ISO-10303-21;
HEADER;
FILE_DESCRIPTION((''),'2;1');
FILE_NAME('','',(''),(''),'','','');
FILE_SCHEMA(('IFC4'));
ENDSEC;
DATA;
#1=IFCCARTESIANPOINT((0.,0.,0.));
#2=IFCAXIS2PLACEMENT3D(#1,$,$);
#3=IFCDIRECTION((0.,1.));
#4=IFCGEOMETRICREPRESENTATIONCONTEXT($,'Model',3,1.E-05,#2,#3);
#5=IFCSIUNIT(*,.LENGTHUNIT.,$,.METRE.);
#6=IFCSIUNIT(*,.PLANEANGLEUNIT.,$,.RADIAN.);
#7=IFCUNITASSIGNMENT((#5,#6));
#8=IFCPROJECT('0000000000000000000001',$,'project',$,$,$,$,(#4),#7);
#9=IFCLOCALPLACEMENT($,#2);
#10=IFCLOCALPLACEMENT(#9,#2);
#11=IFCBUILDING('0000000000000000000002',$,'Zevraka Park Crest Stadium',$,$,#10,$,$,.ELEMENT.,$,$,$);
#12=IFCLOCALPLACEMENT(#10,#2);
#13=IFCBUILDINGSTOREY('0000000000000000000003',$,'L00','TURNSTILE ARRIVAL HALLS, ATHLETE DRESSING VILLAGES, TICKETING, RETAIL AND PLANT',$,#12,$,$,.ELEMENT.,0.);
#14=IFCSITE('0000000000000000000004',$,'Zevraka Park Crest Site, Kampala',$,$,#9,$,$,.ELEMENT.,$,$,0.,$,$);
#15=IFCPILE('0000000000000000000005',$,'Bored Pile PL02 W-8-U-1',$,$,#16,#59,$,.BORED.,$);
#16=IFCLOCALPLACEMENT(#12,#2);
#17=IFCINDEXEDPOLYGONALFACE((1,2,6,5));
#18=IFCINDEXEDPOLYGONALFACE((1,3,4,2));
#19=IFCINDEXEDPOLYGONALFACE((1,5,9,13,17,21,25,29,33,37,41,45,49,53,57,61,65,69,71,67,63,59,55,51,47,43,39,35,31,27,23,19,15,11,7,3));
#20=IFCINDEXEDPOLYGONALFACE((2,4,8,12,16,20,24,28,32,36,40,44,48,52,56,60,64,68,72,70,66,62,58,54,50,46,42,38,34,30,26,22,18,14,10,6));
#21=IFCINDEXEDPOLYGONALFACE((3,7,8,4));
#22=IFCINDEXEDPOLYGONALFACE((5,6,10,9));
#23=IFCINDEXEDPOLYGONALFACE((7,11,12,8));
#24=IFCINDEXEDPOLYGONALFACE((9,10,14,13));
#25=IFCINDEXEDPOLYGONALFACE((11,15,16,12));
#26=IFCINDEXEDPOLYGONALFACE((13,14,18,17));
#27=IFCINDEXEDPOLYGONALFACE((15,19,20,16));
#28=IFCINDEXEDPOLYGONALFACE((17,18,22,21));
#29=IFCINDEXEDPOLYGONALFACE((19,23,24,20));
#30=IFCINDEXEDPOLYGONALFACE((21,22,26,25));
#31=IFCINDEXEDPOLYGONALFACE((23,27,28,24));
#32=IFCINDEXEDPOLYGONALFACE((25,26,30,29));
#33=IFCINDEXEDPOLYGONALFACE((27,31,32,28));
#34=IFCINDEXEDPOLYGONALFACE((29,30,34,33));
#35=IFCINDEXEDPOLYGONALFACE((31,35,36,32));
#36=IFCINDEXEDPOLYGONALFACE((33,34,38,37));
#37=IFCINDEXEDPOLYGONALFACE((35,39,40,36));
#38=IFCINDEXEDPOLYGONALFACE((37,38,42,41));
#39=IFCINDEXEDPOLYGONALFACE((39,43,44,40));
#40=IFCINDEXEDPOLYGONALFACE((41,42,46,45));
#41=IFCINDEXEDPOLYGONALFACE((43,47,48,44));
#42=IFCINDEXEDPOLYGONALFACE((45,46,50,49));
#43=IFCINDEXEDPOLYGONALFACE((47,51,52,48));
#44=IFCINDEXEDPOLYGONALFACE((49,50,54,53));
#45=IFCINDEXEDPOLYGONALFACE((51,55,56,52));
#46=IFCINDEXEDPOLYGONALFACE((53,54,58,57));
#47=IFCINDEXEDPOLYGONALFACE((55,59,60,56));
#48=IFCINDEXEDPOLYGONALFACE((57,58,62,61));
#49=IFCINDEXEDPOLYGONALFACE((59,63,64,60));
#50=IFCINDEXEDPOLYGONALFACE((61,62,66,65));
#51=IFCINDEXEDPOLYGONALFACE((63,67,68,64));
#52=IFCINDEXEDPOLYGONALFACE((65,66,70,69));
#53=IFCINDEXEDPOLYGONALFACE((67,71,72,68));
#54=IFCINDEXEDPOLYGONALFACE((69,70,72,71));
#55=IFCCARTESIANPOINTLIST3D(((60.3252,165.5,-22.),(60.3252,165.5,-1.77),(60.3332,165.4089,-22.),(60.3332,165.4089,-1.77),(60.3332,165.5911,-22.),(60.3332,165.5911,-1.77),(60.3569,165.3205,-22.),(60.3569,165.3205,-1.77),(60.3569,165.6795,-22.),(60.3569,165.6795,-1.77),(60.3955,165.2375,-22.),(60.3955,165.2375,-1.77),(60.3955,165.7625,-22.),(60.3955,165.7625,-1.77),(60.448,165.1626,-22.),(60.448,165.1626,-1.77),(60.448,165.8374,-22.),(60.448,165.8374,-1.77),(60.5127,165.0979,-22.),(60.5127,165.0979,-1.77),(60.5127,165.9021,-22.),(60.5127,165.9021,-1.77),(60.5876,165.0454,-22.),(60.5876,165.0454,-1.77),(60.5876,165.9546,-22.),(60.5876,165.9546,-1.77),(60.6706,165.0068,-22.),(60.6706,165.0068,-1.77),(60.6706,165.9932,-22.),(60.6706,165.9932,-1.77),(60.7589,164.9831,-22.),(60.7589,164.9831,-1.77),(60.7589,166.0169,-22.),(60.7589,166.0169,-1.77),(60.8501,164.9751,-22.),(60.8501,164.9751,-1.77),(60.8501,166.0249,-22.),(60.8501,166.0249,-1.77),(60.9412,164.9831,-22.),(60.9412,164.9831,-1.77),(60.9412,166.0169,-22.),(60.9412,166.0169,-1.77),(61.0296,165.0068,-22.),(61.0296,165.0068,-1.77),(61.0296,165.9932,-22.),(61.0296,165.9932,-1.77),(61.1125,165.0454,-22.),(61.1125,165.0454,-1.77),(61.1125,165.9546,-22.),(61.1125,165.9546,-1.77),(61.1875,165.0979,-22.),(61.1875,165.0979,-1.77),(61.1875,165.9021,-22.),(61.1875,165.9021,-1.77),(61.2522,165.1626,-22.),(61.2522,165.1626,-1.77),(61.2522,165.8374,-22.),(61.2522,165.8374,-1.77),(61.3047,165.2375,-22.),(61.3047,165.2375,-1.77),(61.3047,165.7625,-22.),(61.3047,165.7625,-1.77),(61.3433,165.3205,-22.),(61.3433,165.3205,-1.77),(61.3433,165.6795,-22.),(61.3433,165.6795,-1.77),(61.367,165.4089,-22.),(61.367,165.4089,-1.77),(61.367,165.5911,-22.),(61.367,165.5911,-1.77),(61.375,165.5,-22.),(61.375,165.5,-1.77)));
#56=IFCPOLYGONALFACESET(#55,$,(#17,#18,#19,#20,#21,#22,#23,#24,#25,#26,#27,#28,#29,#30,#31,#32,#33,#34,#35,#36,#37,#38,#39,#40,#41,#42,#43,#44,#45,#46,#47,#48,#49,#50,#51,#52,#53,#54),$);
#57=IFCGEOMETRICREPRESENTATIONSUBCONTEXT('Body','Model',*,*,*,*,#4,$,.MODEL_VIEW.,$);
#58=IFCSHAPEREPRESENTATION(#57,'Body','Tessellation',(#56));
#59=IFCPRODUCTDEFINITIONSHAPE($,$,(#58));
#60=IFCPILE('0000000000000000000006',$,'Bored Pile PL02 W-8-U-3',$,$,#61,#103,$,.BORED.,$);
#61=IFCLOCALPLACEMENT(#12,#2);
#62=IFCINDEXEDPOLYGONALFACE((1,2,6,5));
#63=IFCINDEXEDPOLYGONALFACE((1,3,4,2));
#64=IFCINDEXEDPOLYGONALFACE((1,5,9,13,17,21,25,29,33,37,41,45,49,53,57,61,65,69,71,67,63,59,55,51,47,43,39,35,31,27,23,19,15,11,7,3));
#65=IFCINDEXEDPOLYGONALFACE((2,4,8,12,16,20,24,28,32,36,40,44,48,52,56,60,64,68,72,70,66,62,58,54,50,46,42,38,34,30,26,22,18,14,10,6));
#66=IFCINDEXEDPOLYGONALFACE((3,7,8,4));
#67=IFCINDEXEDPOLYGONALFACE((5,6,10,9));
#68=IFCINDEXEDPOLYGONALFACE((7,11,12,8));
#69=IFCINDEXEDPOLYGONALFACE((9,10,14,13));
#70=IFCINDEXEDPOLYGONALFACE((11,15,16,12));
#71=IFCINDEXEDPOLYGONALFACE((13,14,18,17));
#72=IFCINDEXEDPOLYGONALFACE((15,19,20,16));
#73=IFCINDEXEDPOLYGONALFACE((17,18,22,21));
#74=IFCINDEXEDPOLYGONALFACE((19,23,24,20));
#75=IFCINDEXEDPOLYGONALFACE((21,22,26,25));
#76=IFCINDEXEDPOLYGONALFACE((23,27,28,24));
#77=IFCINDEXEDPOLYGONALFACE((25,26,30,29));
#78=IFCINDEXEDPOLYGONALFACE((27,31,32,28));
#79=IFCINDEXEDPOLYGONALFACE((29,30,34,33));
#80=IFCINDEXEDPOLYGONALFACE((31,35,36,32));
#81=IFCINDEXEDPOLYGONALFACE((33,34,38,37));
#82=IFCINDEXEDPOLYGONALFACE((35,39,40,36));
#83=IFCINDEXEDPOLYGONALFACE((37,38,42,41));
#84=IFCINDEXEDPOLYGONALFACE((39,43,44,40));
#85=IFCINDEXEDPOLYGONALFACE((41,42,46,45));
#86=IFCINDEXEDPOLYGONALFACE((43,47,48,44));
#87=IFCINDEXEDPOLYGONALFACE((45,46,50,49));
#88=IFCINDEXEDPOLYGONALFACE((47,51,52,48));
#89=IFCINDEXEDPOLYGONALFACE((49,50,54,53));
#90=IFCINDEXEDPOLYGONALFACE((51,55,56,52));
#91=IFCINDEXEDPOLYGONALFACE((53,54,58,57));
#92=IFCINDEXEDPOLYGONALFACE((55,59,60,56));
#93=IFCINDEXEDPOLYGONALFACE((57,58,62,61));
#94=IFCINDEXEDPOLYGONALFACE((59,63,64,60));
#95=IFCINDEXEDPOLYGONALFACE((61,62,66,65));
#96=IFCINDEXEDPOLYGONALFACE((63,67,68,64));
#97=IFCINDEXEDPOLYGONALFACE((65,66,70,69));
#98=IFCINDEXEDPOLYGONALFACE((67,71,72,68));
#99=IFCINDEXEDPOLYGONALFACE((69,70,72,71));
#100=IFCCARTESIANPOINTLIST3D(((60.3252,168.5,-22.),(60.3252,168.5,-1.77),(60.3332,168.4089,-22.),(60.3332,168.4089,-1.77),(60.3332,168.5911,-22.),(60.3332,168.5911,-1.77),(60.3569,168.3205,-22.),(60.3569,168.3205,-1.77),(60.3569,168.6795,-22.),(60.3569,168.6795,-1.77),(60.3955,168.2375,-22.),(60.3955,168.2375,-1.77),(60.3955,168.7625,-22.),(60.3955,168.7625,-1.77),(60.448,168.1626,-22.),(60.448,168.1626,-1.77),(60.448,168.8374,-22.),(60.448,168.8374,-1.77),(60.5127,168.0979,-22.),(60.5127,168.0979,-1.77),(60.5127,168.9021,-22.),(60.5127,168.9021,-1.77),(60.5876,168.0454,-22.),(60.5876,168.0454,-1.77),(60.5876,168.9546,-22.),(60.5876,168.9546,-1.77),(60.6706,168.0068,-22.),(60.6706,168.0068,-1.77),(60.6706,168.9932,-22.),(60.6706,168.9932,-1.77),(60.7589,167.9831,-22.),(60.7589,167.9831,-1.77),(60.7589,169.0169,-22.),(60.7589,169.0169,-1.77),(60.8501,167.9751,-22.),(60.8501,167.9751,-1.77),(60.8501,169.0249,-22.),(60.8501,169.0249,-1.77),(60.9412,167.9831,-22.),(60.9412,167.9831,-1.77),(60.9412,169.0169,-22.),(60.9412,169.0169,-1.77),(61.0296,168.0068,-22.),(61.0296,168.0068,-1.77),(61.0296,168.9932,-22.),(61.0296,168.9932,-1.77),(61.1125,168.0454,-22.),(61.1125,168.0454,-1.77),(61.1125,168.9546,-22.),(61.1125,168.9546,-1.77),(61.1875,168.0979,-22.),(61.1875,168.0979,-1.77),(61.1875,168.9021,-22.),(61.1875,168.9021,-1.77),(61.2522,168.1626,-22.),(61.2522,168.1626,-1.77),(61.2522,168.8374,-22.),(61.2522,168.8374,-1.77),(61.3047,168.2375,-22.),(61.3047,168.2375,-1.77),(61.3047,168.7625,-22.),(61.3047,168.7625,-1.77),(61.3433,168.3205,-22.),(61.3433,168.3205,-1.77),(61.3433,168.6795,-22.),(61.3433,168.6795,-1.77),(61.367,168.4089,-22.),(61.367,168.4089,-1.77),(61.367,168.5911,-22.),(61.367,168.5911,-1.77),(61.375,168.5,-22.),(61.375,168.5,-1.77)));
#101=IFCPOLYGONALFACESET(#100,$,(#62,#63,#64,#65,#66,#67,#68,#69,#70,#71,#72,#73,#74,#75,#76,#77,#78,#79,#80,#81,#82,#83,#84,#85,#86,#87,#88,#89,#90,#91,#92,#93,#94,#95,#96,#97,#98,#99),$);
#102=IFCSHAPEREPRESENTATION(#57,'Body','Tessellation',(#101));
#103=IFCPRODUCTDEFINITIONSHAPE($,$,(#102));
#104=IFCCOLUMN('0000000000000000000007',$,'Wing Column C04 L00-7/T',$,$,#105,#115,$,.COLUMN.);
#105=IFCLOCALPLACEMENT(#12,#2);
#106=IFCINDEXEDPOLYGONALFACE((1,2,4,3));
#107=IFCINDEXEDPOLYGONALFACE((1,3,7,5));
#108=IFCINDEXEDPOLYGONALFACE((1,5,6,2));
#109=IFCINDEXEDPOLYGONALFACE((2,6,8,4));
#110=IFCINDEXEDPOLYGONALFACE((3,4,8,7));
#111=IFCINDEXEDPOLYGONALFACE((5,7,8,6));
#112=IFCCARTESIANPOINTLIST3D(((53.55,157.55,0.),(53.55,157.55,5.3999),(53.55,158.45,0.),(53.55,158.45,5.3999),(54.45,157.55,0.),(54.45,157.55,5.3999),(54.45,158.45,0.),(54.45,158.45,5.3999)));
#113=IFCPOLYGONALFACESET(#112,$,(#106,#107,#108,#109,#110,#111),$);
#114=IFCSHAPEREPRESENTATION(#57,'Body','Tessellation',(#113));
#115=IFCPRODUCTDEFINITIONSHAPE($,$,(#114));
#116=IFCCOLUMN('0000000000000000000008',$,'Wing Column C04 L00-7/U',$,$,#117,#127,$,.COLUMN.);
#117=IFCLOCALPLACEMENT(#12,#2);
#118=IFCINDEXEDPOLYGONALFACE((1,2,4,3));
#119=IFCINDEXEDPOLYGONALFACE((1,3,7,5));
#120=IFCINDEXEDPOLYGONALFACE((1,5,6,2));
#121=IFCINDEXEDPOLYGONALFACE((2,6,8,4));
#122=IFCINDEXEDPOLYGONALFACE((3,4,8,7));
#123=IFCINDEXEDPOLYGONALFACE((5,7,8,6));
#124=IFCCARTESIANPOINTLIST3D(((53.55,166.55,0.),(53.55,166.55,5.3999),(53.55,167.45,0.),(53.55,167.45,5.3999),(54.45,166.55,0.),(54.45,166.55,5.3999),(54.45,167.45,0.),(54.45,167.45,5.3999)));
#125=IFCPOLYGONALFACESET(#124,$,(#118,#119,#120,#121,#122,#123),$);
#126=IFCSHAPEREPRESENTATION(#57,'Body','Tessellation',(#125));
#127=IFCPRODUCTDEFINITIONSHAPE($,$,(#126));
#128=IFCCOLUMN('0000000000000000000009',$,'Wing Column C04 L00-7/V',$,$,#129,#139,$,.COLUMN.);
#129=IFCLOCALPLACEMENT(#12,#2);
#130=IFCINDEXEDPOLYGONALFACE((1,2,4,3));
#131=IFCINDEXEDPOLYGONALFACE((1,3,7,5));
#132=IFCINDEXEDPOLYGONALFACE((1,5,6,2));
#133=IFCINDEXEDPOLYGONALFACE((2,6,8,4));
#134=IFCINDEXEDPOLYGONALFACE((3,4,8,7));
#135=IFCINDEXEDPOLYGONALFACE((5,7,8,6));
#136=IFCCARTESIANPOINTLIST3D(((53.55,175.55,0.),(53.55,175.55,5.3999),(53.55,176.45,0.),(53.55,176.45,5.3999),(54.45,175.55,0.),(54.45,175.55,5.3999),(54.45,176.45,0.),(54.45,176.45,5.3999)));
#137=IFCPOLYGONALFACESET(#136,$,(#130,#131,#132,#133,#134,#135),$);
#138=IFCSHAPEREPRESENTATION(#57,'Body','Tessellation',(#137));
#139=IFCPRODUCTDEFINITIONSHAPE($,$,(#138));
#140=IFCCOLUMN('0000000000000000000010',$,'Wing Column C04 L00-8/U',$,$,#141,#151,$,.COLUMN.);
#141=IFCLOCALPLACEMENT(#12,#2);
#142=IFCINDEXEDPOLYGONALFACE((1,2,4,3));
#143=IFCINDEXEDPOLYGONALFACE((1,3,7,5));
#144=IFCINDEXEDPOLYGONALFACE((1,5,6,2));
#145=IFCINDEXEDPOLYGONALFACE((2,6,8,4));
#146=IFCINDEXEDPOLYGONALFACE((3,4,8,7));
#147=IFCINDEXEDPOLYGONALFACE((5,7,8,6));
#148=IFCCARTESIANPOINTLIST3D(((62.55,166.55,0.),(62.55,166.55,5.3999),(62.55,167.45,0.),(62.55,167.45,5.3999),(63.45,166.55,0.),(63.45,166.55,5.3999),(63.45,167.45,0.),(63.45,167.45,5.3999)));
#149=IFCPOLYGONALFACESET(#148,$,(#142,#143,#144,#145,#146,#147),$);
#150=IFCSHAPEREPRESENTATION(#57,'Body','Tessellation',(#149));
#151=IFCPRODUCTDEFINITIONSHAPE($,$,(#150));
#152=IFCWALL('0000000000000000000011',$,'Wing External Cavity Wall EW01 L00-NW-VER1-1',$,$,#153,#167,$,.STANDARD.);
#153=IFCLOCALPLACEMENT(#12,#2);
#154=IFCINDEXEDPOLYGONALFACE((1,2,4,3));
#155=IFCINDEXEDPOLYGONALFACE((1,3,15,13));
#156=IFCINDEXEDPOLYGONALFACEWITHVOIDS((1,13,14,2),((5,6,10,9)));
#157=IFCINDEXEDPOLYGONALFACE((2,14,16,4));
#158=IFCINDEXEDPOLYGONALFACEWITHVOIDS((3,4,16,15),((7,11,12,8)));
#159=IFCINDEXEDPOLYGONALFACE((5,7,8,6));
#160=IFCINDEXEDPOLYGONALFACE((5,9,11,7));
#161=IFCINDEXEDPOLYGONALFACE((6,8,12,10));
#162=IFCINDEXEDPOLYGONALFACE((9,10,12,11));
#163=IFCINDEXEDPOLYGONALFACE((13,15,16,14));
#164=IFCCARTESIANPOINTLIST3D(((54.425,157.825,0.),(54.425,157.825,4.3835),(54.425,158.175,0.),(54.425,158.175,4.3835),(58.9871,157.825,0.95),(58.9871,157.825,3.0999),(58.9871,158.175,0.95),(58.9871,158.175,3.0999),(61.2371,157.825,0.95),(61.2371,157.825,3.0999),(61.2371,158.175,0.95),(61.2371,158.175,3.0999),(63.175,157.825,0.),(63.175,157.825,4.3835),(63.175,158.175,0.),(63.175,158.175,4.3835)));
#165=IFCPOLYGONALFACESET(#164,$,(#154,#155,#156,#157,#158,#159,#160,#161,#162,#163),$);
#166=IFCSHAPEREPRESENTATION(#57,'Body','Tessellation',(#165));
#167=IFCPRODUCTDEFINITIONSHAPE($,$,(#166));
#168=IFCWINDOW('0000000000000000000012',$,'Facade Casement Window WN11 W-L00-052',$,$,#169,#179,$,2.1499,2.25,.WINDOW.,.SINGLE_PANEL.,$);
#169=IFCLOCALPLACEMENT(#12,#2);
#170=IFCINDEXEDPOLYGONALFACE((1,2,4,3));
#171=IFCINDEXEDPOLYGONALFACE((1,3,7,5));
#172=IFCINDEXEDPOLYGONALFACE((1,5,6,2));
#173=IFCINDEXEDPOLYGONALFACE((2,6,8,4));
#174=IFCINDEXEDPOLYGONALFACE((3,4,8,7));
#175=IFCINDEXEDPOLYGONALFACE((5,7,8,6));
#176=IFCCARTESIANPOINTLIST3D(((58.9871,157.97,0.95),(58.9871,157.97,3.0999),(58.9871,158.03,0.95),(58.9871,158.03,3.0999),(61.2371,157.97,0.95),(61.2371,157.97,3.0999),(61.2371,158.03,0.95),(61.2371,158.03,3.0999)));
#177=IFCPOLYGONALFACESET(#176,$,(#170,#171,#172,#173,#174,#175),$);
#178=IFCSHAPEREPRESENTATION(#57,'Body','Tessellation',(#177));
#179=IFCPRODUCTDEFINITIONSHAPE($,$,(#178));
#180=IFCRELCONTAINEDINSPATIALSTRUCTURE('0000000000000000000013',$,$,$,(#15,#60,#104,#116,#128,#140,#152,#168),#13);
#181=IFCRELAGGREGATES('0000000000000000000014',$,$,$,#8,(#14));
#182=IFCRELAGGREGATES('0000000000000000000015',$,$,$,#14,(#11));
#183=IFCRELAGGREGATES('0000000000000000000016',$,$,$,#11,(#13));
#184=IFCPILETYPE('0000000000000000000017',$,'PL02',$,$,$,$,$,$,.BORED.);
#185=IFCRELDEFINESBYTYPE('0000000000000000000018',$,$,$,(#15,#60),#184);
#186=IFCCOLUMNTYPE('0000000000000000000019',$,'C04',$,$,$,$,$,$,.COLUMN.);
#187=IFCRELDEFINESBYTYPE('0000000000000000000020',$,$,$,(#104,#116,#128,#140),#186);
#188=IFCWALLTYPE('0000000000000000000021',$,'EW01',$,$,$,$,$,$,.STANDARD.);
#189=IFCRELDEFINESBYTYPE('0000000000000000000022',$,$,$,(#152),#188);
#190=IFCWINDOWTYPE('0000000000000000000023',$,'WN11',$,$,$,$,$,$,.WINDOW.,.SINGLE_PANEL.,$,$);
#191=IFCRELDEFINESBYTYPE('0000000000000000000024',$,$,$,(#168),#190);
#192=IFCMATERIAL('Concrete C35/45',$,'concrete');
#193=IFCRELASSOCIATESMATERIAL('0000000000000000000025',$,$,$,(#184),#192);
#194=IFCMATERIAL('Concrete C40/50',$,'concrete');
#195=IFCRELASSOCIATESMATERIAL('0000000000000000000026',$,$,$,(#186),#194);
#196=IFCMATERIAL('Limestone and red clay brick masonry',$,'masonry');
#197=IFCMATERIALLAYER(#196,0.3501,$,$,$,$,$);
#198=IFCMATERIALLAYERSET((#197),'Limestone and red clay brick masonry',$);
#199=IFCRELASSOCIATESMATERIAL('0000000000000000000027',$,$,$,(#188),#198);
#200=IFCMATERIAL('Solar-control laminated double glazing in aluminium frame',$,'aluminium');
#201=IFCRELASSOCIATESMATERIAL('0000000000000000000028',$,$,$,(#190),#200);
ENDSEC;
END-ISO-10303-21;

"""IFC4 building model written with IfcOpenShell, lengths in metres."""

from ifc_helpers import new_model, si_unit, direction, frame, frame_2d, origin, origin_2d, place, context, subcontext, project, spatial, rectangle, circle, extrude, material, layer, layer_set, material_profile, profile_set, type_object, element, fill, save


model = new_model("IFC4")

# Units and contexts
model_context = context("Model", 3, precision=1e-05, world=origin(), true_north=direction((0.0, 1.0)))
body_context = subcontext(model_context, "Body", "Model", "MODEL_VIEW")
ifc_project = project(units=[si_unit("LENGTHUNIT", "METRE"), si_unit("PLANEANGLEUNIT", "RADIAN")], contexts=[model_context])

# Site, building, storey
site_placement = place(None, origin())
site = spatial("IfcSite", under=ifc_project, at=site_placement, Name="Zevraka Park Crest Site, Kampala", CompositionType="ELEMENT", RefElevation=0.0)
building_placement = place(site_placement, origin())
building = spatial("IfcBuilding", under=site, at=building_placement, Name="Zevraka Park Crest Stadium", CompositionType="ELEMENT")
storey_placement = place(building_placement, origin())
storey = spatial("IfcBuildingStorey", under=building, at=storey_placement, Name="L00", Description="TURNSTILE ARRIVAL HALLS, ATHLETE DRESSING VILLAGES, TICKETING, RETAIL AND PLANT", CompositionType="ELEMENT", Elevation=0.0)

# Piles
ifc_material_1 = material(Name="Concrete C35/45", Category="concrete")
ifc_material_profile_1 = material_profile(ifc_material_1, circle(Radius=0.5249, at=origin_2d()), Name="PILE D1050")
ifc_profile_set_1 = profile_set([ifc_material_profile_1], Name="Concrete C35/45")
pile_type_1 = type_object("IfcPileType", Name="PL02", PredefinedType="BORED", material=ifc_profile_set_1)
for number, where, z_axis, x_axis, name in (
    (1, (60.8501, 165.5, -1.77), (0.0, 0.0, -1.0), (1.0, 0.0, 0.0), "Bored Pile PL02 W-8-U-1"),
    (2, (60.8501, 168.5, -1.77), (0.0, 0.0, -1.0), (1.0, 0.0, 0.0), "Bored Pile PL02 W-8-U-3"),
):
    element("IfcPile", number, at=place(storey_placement, frame(where, z_axis=z_axis, x_axis=x_axis)), inside=storey, type_object=pile_type_1, Name=name, PredefinedType="BORED", context=body_context, shape_type="SweptSolid", body=[
        extrude(circle(Radius=0.5249, at=origin_2d()), origin(), (0.0, 0.0, 1.0), 20.23),
    ])

# Columns
ifc_material_2 = material(Name="Concrete C40/50", Category="concrete")
ifc_material_profile_2 = material_profile(ifc_material_2, rectangle(XDim=0.8999, YDim=0.8999, at=origin_2d()), Name="RC 900x900")
ifc_profile_set_2 = profile_set([ifc_material_profile_2], Name="Concrete C40/50")
column_type = type_object("IfcColumnType", Name="C04", PredefinedType="COLUMN", material=ifc_profile_set_2)
for number, where, z_axis, x_axis, name in (
    (3, (54.0, 158.0, 0.0), (0.0, 0.0, 1.0), (1.0, 0.0, 0.0), "Wing Column C04 L00-7/T"),
    (4, (54.0, 167.0, 0.0), (0.0, 0.0, 1.0), (1.0, 0.0, 0.0), "Wing Column C04 L00-7/U"),
    (5, (54.0, 176.0, 0.0), (0.0, 0.0, 1.0), (1.0, 0.0, 0.0), "Wing Column C04 L00-7/V"),
    (6, (63.0, 167.0, 0.0), (0.0, 0.0, 1.0), (1.0, 0.0, 0.0), "Wing Column C04 L00-8/U"),
):
    element("IfcColumn", number, at=place(storey_placement, frame(where, z_axis=z_axis, x_axis=x_axis)), inside=storey, type_object=column_type, Name=name, PredefinedType="COLUMN", context=body_context, shape_type="SweptSolid", body=[
        extrude(rectangle(XDim=0.8999, YDim=0.8999, at=origin_2d()), origin(), (0.0, 0.0, 1.0), 5.3999),
    ])

# Wall, opening, window
ifc_material_3 = material(Name="Limestone and red clay brick masonry", Category="masonry")
ifc_layer_1 = layer(ifc_material_3, 0.3501)
ifc_layer_set_1 = layer_set([ifc_layer_1], Name="Limestone and red clay brick masonry")
wall_type_1 = type_object("IfcWallType", Name="EW01", PredefinedType="STANDARD", material=ifc_layer_set_1)
wall_1_placement = place(storey_placement, frame((63.175, 158.0, 0.0), z_axis=(0.0, 0.0, 1.0), x_axis=(-1.0, 0.0, 0.0)))
wall_1 = element("IfcWall", 7, at=wall_1_placement, inside=storey, type_object=wall_type_1, Name="Wing External Cavity Wall EW01 L00-NW-VER1-1", PredefinedType="STANDARD", context=body_context, shape_type="SweptSolid", body=[
    extrude(rectangle(XDim=8.75, YDim=0.3501, at=frame_2d((4.375, 0.0))), origin(), (0.0, 0.0, 1.0), 4.3835),
])
opening_1_placement = place(wall_1_placement, frame((1.938, 0.0, 0.95)))
opening_1 = element("IfcOpeningElement", 8, at=opening_1_placement, cuts=wall_1, PredefinedType="OPENING", context=body_context, shape_type="SweptSolid", body=[
    extrude(rectangle(XDim=2.25, YDim=2.1499, at=frame_2d((1.125, 1.075))), frame((0.0, 0.1851, 0.0), z_axis=(0.0, -1.0, 0.0), x_axis=(1.0, 0.0, 0.0)), (0.0, 0.0, 1.0), 0.3701),
])
ifc_material_4 = material(Name="Solar-control laminated double glazing in aluminium frame", Category="aluminium")
window_type_1 = type_object("IfcWindowType", Name="WN11", PartitioningType="SINGLE_PANEL", PredefinedType="WINDOW", material=ifc_material_4)
window_1_placement = place(opening_1_placement, origin())
window_1 = element("IfcWindow", 9, at=window_1_placement, inside=storey, type_object=window_type_1, Name="Facade Casement Window WN11 W-L00-052", OverallHeight=2.1499, OverallWidth=2.25, PartitioningType="SINGLE_PANEL", PredefinedType="WINDOW", context=body_context, shape_type="SweptSolid", body=[
    extrude(rectangle(XDim=2.25, YDim=2.1499, at=frame_2d((1.125, 1.075))), frame((0.0, 0.03, 0.0), z_axis=(0.0, -1.0, 0.0), x_axis=(1.0, 0.0, 0.0)), (0.0, 0.0, 1.0), 0.0601),
])
fill(opening_1, window_1)

save(model, "model.ifc")
